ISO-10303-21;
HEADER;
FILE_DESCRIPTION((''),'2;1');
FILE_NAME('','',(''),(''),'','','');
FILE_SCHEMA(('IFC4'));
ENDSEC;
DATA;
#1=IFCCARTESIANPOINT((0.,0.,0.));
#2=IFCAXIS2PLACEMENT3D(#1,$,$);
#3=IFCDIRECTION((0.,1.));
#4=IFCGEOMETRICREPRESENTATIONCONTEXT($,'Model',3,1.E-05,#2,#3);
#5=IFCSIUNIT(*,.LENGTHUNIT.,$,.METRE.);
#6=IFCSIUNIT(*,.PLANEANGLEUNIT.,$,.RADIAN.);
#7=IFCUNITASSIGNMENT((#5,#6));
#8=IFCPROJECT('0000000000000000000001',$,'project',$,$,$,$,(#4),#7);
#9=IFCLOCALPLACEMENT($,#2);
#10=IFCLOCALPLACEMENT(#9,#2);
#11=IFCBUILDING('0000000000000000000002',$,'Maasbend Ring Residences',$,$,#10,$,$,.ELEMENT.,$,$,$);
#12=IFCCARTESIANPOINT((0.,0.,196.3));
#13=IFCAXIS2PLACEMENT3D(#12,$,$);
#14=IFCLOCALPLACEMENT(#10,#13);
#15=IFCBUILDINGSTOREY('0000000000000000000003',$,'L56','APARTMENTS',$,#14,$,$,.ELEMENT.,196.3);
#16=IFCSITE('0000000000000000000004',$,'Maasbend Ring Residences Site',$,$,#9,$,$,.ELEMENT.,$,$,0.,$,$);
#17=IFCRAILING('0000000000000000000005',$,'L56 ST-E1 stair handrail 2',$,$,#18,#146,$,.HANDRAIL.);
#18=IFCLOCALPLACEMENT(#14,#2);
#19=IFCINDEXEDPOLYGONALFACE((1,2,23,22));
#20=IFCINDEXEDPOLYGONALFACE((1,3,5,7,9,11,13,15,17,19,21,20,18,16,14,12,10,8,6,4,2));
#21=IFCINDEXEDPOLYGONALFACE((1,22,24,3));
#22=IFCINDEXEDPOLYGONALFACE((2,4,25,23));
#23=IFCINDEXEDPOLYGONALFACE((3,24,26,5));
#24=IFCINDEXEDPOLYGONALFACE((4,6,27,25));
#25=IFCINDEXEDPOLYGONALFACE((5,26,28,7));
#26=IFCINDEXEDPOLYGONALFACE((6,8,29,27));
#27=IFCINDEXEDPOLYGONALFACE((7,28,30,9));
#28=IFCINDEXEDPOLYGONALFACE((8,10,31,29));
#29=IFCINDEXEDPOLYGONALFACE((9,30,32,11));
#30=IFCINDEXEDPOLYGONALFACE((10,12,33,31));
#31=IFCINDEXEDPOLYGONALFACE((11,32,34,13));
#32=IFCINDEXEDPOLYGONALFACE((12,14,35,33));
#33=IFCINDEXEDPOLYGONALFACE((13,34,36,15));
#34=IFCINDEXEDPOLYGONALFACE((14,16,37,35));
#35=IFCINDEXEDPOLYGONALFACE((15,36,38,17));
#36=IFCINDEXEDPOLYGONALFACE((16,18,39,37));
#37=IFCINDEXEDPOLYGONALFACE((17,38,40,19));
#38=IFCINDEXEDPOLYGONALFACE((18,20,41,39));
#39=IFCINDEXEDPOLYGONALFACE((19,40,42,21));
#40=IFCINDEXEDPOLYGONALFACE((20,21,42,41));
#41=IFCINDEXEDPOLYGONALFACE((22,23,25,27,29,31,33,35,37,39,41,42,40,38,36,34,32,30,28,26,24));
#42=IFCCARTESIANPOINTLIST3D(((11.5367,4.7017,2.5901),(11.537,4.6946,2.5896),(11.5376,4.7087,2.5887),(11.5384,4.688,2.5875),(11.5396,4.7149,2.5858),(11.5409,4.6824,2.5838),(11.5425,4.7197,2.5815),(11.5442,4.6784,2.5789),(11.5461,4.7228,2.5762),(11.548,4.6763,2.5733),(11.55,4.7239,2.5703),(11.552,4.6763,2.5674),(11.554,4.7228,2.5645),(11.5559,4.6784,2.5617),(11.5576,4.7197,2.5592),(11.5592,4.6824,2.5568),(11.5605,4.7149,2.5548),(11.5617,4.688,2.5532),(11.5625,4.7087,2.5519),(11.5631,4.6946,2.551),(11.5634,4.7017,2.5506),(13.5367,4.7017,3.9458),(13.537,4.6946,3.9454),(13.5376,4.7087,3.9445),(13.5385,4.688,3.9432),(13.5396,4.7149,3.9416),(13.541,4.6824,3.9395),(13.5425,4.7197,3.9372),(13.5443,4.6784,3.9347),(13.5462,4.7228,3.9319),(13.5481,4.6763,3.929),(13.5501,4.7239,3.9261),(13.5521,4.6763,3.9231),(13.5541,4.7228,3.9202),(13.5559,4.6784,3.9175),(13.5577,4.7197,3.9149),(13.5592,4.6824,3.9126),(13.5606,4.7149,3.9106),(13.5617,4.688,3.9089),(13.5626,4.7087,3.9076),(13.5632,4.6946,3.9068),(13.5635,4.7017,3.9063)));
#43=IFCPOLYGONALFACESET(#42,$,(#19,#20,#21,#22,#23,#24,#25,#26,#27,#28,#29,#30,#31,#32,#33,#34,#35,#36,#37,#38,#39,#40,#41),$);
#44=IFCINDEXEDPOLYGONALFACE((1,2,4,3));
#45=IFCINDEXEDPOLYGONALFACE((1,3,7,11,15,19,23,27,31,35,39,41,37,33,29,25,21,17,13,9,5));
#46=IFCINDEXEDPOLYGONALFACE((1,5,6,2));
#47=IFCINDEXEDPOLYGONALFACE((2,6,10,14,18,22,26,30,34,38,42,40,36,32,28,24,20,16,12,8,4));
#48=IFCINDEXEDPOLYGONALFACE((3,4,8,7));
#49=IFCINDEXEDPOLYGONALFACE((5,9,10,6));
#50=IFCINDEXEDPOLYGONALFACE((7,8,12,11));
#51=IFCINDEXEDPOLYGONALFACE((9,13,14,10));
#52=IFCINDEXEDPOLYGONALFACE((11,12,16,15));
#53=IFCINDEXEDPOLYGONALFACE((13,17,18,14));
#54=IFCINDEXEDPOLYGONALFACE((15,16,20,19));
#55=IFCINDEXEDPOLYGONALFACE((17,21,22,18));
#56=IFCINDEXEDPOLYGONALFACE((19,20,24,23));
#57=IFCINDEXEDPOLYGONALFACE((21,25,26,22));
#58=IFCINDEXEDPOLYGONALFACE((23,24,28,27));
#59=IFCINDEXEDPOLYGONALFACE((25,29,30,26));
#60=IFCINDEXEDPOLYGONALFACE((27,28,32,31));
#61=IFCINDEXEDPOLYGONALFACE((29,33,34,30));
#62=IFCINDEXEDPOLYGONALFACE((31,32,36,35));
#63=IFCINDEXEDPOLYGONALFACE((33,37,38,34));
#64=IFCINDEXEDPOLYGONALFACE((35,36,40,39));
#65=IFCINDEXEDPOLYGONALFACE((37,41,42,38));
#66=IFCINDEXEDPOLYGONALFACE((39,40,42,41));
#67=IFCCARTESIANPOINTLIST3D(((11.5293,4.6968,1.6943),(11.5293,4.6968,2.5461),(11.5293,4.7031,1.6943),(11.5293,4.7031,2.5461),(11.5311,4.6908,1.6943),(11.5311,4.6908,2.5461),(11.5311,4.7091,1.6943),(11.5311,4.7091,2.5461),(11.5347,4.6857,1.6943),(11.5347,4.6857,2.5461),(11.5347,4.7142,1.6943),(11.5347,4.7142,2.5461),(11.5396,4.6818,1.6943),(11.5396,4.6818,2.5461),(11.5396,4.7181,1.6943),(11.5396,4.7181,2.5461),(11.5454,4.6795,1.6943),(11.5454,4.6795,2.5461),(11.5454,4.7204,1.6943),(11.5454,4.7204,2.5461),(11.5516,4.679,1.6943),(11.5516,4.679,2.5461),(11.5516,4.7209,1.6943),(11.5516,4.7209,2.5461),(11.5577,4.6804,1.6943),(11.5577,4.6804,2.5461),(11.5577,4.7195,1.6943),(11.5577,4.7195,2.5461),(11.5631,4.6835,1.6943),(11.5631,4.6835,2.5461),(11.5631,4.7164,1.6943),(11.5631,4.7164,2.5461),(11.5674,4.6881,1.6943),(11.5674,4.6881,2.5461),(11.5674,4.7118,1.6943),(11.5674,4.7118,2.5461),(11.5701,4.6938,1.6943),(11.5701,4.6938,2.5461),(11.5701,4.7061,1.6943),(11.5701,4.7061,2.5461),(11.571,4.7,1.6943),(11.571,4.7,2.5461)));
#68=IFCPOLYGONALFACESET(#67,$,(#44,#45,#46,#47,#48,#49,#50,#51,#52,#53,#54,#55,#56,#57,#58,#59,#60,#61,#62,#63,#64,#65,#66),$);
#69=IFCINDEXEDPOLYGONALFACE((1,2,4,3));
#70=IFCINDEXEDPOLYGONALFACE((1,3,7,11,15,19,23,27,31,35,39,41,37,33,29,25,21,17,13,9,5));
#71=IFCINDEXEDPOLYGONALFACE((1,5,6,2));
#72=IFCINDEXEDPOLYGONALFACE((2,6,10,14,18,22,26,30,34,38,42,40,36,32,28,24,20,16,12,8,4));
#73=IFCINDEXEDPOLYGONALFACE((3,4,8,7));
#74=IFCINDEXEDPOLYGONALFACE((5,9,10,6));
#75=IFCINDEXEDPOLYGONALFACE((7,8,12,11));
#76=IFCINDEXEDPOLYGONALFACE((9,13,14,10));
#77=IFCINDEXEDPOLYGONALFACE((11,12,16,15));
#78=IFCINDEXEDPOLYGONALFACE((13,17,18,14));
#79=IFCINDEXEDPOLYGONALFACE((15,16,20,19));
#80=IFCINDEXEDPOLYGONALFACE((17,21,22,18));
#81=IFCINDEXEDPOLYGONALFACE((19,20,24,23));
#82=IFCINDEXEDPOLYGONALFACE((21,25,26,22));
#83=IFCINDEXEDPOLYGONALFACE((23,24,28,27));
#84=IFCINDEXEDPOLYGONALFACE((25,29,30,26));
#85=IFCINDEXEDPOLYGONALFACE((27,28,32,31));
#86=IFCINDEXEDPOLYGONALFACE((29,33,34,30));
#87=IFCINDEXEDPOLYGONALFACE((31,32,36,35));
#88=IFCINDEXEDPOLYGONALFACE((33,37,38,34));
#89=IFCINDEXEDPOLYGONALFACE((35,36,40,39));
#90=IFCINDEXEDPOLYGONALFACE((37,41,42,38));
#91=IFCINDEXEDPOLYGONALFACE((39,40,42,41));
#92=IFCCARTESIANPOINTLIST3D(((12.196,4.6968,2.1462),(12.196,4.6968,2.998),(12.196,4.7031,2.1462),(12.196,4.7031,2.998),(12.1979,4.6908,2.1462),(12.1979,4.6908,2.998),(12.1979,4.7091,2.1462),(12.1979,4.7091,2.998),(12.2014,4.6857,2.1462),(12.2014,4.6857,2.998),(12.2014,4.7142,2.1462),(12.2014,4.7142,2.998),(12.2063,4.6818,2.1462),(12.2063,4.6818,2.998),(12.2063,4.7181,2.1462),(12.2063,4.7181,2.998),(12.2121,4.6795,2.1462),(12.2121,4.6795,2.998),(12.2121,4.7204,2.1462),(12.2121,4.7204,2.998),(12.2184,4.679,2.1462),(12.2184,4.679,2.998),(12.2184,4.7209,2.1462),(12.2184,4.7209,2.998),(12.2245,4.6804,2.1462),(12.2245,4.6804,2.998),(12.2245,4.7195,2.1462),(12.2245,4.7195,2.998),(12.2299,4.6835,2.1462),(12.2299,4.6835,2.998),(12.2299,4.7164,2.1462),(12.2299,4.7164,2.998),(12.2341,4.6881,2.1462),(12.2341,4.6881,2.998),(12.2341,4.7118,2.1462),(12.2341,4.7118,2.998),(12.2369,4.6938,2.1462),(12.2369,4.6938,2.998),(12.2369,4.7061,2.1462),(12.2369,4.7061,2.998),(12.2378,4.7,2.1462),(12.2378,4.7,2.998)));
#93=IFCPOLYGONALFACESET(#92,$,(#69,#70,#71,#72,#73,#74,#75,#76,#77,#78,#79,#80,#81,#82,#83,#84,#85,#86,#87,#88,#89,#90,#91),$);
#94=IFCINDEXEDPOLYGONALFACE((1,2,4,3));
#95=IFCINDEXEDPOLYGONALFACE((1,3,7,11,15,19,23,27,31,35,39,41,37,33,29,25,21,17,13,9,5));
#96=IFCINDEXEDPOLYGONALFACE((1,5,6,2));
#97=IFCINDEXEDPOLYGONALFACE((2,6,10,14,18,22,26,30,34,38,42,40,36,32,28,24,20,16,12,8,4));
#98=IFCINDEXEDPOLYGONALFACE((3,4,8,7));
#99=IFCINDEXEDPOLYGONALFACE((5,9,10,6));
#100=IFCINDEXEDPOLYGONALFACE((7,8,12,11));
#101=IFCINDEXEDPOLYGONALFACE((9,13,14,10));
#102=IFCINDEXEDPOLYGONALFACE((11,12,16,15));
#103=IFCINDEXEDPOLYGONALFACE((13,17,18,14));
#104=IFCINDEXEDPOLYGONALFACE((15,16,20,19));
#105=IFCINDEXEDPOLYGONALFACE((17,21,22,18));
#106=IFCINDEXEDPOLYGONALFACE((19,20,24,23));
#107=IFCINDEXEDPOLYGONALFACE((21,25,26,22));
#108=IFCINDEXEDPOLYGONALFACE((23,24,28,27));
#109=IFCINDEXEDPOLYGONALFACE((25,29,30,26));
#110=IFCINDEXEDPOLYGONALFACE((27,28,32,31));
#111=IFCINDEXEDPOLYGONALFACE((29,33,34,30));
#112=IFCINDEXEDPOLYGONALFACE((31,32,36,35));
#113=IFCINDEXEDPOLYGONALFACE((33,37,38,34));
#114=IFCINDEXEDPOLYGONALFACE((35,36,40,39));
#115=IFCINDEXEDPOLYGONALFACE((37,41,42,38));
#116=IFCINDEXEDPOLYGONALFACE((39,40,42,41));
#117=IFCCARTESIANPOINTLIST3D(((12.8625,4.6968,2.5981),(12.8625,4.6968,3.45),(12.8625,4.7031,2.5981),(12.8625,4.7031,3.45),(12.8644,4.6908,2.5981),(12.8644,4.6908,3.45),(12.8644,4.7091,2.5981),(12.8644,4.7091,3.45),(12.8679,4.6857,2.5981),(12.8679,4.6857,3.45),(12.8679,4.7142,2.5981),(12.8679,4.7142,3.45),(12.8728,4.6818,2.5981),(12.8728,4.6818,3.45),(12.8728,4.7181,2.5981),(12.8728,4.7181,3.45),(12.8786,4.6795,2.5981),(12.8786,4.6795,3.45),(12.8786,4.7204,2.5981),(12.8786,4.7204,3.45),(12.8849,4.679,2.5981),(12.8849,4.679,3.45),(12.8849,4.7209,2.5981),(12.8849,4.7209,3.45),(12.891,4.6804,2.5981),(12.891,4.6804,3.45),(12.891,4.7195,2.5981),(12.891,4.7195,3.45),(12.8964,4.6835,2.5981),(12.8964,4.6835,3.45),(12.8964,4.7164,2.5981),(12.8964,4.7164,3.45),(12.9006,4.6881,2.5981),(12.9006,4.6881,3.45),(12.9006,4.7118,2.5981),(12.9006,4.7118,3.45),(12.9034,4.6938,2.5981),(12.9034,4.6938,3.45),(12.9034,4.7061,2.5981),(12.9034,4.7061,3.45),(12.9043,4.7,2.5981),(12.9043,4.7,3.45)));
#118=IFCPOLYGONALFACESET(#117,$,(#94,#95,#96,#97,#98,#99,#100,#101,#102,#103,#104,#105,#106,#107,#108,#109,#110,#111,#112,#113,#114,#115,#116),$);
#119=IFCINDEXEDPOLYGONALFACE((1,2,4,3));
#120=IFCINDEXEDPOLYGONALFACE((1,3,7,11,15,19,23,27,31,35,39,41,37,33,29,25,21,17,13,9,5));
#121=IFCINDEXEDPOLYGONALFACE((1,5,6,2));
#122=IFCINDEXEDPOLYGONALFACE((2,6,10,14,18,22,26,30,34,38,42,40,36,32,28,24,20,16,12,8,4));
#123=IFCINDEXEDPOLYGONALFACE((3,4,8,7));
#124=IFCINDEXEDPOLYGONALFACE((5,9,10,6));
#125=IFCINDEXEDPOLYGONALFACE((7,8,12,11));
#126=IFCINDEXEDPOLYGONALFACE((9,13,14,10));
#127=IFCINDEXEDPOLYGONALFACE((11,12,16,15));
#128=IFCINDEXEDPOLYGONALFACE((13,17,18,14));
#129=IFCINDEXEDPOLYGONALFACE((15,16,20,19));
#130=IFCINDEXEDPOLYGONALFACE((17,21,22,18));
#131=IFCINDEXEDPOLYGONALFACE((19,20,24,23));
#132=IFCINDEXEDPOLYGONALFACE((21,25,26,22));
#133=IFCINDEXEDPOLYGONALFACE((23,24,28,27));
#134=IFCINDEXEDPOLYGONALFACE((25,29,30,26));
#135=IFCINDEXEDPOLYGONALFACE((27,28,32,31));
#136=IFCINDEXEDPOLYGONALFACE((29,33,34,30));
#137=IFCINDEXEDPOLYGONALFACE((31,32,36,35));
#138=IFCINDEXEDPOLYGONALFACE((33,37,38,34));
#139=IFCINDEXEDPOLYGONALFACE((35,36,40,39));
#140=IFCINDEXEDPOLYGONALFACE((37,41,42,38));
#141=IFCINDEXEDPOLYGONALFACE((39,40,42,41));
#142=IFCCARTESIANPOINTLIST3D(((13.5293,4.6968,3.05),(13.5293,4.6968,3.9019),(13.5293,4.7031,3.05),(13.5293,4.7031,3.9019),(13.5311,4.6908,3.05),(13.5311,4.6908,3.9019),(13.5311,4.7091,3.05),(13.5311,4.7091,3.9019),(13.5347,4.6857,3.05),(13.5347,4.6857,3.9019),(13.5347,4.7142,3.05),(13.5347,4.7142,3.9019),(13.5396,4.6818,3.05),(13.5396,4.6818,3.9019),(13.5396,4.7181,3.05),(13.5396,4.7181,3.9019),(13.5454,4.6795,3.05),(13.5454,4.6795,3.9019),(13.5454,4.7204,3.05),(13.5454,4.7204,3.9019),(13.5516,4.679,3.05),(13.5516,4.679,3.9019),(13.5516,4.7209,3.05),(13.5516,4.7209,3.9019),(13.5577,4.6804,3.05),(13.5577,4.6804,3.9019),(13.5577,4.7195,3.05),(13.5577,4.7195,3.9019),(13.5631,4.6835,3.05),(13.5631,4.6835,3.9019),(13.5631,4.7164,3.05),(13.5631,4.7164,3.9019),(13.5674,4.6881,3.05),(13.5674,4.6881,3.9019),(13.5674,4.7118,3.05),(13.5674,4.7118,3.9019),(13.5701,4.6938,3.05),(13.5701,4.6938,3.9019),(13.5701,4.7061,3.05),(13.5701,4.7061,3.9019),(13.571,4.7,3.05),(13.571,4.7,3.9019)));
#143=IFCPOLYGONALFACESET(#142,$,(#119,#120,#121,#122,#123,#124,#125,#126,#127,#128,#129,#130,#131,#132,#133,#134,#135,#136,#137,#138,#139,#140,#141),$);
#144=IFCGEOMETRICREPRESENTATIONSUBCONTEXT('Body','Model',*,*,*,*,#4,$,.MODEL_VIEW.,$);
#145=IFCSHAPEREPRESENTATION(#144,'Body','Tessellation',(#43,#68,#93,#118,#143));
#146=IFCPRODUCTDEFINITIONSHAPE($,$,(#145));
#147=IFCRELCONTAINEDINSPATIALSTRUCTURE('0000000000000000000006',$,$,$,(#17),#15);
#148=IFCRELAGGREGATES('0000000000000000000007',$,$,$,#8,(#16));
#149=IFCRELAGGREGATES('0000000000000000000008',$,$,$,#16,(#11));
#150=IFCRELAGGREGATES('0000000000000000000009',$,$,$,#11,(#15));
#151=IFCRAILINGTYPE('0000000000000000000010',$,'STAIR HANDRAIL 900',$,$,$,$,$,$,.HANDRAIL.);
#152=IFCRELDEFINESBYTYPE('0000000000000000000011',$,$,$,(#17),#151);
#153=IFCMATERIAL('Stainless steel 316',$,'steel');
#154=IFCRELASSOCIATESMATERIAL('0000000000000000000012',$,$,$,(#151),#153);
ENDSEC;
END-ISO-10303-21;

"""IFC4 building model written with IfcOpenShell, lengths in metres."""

from ifc_helpers import new_model, si_unit, direction, frame, origin, origin_2d, place, context, subcontext, project, spatial, circle, extrude, material, type_object, element, save


model = new_model("IFC4")

# Units and contexts
model_context = context("Model", 3, precision=1e-05, world=origin(), true_north=direction((0.0, 1.0)))
body_context = subcontext(model_context, "Body", "Model", "MODEL_VIEW")
ifc_project = project(units=[si_unit("LENGTHUNIT", "METRE"), si_unit("PLANEANGLEUNIT", "RADIAN")], contexts=[model_context])

# Site, building, storey
site_placement = place(None, origin())
site = spatial("IfcSite", under=ifc_project, at=site_placement, Name="Maasbend Ring Residences Site", CompositionType="ELEMENT", RefElevation=0.0)
building_placement = place(site_placement, origin())
building = spatial("IfcBuilding", under=site, at=building_placement, Name="Maasbend Ring Residences", CompositionType="ELEMENT")
storey_placement = place(building_placement, frame((0.0, 0.0, 196.3)))
storey = spatial("IfcBuildingStorey", under=building, at=storey_placement, Name="L56", Description="APARTMENTS", CompositionType="ELEMENT", Elevation=196.3)

# Railing
ifc_material_1 = material(Name="Stainless steel 316", Category="steel")
railing_type_1 = type_object("IfcRailingType", Name="STAIR HANDRAIL 900", PredefinedType="HANDRAIL", material=ifc_material_1)
railing_1_placement = place(storey_placement, frame((11.55, 4.7, 1.6943)))
element("IfcRailing", 1, at=railing_1_placement, inside=storey, type_object=railing_type_1, Name="L56 ST-E1 stair handrail 2", PredefinedType="HANDRAIL", context=body_context, shape_type="SweptSolid", body=[
    extrude(circle(Radius=0.0239, at=origin_2d()), frame((0.0, 0.0, 0.876), z_axis=(0.827751, 0.0, 0.561096), x_axis=(0.0, 1.0, 0.0)), (0.0, 0.0, 1.0), 2.4163),
    extrude(circle(Radius=0.021, at=origin_2d()), origin(), (0.0, 0.0, 1.0), 0.8518),
    extrude(circle(Radius=0.021, at=origin_2d()), frame((0.6667, 0.0, 0.4519)), (0.0, 0.0, 1.0), 0.8518),
    extrude(circle(Radius=0.021, at=origin_2d()), frame((1.3333, 0.0, 0.9038)), (0.0, 0.0, 1.0), 0.8518),
    extrude(circle(Radius=0.021, at=origin_2d()), frame((2.0, 0.0, 1.3557)), (0.0, 0.0, 1.0), 0.8518),
])

save(model, "model.ifc")
